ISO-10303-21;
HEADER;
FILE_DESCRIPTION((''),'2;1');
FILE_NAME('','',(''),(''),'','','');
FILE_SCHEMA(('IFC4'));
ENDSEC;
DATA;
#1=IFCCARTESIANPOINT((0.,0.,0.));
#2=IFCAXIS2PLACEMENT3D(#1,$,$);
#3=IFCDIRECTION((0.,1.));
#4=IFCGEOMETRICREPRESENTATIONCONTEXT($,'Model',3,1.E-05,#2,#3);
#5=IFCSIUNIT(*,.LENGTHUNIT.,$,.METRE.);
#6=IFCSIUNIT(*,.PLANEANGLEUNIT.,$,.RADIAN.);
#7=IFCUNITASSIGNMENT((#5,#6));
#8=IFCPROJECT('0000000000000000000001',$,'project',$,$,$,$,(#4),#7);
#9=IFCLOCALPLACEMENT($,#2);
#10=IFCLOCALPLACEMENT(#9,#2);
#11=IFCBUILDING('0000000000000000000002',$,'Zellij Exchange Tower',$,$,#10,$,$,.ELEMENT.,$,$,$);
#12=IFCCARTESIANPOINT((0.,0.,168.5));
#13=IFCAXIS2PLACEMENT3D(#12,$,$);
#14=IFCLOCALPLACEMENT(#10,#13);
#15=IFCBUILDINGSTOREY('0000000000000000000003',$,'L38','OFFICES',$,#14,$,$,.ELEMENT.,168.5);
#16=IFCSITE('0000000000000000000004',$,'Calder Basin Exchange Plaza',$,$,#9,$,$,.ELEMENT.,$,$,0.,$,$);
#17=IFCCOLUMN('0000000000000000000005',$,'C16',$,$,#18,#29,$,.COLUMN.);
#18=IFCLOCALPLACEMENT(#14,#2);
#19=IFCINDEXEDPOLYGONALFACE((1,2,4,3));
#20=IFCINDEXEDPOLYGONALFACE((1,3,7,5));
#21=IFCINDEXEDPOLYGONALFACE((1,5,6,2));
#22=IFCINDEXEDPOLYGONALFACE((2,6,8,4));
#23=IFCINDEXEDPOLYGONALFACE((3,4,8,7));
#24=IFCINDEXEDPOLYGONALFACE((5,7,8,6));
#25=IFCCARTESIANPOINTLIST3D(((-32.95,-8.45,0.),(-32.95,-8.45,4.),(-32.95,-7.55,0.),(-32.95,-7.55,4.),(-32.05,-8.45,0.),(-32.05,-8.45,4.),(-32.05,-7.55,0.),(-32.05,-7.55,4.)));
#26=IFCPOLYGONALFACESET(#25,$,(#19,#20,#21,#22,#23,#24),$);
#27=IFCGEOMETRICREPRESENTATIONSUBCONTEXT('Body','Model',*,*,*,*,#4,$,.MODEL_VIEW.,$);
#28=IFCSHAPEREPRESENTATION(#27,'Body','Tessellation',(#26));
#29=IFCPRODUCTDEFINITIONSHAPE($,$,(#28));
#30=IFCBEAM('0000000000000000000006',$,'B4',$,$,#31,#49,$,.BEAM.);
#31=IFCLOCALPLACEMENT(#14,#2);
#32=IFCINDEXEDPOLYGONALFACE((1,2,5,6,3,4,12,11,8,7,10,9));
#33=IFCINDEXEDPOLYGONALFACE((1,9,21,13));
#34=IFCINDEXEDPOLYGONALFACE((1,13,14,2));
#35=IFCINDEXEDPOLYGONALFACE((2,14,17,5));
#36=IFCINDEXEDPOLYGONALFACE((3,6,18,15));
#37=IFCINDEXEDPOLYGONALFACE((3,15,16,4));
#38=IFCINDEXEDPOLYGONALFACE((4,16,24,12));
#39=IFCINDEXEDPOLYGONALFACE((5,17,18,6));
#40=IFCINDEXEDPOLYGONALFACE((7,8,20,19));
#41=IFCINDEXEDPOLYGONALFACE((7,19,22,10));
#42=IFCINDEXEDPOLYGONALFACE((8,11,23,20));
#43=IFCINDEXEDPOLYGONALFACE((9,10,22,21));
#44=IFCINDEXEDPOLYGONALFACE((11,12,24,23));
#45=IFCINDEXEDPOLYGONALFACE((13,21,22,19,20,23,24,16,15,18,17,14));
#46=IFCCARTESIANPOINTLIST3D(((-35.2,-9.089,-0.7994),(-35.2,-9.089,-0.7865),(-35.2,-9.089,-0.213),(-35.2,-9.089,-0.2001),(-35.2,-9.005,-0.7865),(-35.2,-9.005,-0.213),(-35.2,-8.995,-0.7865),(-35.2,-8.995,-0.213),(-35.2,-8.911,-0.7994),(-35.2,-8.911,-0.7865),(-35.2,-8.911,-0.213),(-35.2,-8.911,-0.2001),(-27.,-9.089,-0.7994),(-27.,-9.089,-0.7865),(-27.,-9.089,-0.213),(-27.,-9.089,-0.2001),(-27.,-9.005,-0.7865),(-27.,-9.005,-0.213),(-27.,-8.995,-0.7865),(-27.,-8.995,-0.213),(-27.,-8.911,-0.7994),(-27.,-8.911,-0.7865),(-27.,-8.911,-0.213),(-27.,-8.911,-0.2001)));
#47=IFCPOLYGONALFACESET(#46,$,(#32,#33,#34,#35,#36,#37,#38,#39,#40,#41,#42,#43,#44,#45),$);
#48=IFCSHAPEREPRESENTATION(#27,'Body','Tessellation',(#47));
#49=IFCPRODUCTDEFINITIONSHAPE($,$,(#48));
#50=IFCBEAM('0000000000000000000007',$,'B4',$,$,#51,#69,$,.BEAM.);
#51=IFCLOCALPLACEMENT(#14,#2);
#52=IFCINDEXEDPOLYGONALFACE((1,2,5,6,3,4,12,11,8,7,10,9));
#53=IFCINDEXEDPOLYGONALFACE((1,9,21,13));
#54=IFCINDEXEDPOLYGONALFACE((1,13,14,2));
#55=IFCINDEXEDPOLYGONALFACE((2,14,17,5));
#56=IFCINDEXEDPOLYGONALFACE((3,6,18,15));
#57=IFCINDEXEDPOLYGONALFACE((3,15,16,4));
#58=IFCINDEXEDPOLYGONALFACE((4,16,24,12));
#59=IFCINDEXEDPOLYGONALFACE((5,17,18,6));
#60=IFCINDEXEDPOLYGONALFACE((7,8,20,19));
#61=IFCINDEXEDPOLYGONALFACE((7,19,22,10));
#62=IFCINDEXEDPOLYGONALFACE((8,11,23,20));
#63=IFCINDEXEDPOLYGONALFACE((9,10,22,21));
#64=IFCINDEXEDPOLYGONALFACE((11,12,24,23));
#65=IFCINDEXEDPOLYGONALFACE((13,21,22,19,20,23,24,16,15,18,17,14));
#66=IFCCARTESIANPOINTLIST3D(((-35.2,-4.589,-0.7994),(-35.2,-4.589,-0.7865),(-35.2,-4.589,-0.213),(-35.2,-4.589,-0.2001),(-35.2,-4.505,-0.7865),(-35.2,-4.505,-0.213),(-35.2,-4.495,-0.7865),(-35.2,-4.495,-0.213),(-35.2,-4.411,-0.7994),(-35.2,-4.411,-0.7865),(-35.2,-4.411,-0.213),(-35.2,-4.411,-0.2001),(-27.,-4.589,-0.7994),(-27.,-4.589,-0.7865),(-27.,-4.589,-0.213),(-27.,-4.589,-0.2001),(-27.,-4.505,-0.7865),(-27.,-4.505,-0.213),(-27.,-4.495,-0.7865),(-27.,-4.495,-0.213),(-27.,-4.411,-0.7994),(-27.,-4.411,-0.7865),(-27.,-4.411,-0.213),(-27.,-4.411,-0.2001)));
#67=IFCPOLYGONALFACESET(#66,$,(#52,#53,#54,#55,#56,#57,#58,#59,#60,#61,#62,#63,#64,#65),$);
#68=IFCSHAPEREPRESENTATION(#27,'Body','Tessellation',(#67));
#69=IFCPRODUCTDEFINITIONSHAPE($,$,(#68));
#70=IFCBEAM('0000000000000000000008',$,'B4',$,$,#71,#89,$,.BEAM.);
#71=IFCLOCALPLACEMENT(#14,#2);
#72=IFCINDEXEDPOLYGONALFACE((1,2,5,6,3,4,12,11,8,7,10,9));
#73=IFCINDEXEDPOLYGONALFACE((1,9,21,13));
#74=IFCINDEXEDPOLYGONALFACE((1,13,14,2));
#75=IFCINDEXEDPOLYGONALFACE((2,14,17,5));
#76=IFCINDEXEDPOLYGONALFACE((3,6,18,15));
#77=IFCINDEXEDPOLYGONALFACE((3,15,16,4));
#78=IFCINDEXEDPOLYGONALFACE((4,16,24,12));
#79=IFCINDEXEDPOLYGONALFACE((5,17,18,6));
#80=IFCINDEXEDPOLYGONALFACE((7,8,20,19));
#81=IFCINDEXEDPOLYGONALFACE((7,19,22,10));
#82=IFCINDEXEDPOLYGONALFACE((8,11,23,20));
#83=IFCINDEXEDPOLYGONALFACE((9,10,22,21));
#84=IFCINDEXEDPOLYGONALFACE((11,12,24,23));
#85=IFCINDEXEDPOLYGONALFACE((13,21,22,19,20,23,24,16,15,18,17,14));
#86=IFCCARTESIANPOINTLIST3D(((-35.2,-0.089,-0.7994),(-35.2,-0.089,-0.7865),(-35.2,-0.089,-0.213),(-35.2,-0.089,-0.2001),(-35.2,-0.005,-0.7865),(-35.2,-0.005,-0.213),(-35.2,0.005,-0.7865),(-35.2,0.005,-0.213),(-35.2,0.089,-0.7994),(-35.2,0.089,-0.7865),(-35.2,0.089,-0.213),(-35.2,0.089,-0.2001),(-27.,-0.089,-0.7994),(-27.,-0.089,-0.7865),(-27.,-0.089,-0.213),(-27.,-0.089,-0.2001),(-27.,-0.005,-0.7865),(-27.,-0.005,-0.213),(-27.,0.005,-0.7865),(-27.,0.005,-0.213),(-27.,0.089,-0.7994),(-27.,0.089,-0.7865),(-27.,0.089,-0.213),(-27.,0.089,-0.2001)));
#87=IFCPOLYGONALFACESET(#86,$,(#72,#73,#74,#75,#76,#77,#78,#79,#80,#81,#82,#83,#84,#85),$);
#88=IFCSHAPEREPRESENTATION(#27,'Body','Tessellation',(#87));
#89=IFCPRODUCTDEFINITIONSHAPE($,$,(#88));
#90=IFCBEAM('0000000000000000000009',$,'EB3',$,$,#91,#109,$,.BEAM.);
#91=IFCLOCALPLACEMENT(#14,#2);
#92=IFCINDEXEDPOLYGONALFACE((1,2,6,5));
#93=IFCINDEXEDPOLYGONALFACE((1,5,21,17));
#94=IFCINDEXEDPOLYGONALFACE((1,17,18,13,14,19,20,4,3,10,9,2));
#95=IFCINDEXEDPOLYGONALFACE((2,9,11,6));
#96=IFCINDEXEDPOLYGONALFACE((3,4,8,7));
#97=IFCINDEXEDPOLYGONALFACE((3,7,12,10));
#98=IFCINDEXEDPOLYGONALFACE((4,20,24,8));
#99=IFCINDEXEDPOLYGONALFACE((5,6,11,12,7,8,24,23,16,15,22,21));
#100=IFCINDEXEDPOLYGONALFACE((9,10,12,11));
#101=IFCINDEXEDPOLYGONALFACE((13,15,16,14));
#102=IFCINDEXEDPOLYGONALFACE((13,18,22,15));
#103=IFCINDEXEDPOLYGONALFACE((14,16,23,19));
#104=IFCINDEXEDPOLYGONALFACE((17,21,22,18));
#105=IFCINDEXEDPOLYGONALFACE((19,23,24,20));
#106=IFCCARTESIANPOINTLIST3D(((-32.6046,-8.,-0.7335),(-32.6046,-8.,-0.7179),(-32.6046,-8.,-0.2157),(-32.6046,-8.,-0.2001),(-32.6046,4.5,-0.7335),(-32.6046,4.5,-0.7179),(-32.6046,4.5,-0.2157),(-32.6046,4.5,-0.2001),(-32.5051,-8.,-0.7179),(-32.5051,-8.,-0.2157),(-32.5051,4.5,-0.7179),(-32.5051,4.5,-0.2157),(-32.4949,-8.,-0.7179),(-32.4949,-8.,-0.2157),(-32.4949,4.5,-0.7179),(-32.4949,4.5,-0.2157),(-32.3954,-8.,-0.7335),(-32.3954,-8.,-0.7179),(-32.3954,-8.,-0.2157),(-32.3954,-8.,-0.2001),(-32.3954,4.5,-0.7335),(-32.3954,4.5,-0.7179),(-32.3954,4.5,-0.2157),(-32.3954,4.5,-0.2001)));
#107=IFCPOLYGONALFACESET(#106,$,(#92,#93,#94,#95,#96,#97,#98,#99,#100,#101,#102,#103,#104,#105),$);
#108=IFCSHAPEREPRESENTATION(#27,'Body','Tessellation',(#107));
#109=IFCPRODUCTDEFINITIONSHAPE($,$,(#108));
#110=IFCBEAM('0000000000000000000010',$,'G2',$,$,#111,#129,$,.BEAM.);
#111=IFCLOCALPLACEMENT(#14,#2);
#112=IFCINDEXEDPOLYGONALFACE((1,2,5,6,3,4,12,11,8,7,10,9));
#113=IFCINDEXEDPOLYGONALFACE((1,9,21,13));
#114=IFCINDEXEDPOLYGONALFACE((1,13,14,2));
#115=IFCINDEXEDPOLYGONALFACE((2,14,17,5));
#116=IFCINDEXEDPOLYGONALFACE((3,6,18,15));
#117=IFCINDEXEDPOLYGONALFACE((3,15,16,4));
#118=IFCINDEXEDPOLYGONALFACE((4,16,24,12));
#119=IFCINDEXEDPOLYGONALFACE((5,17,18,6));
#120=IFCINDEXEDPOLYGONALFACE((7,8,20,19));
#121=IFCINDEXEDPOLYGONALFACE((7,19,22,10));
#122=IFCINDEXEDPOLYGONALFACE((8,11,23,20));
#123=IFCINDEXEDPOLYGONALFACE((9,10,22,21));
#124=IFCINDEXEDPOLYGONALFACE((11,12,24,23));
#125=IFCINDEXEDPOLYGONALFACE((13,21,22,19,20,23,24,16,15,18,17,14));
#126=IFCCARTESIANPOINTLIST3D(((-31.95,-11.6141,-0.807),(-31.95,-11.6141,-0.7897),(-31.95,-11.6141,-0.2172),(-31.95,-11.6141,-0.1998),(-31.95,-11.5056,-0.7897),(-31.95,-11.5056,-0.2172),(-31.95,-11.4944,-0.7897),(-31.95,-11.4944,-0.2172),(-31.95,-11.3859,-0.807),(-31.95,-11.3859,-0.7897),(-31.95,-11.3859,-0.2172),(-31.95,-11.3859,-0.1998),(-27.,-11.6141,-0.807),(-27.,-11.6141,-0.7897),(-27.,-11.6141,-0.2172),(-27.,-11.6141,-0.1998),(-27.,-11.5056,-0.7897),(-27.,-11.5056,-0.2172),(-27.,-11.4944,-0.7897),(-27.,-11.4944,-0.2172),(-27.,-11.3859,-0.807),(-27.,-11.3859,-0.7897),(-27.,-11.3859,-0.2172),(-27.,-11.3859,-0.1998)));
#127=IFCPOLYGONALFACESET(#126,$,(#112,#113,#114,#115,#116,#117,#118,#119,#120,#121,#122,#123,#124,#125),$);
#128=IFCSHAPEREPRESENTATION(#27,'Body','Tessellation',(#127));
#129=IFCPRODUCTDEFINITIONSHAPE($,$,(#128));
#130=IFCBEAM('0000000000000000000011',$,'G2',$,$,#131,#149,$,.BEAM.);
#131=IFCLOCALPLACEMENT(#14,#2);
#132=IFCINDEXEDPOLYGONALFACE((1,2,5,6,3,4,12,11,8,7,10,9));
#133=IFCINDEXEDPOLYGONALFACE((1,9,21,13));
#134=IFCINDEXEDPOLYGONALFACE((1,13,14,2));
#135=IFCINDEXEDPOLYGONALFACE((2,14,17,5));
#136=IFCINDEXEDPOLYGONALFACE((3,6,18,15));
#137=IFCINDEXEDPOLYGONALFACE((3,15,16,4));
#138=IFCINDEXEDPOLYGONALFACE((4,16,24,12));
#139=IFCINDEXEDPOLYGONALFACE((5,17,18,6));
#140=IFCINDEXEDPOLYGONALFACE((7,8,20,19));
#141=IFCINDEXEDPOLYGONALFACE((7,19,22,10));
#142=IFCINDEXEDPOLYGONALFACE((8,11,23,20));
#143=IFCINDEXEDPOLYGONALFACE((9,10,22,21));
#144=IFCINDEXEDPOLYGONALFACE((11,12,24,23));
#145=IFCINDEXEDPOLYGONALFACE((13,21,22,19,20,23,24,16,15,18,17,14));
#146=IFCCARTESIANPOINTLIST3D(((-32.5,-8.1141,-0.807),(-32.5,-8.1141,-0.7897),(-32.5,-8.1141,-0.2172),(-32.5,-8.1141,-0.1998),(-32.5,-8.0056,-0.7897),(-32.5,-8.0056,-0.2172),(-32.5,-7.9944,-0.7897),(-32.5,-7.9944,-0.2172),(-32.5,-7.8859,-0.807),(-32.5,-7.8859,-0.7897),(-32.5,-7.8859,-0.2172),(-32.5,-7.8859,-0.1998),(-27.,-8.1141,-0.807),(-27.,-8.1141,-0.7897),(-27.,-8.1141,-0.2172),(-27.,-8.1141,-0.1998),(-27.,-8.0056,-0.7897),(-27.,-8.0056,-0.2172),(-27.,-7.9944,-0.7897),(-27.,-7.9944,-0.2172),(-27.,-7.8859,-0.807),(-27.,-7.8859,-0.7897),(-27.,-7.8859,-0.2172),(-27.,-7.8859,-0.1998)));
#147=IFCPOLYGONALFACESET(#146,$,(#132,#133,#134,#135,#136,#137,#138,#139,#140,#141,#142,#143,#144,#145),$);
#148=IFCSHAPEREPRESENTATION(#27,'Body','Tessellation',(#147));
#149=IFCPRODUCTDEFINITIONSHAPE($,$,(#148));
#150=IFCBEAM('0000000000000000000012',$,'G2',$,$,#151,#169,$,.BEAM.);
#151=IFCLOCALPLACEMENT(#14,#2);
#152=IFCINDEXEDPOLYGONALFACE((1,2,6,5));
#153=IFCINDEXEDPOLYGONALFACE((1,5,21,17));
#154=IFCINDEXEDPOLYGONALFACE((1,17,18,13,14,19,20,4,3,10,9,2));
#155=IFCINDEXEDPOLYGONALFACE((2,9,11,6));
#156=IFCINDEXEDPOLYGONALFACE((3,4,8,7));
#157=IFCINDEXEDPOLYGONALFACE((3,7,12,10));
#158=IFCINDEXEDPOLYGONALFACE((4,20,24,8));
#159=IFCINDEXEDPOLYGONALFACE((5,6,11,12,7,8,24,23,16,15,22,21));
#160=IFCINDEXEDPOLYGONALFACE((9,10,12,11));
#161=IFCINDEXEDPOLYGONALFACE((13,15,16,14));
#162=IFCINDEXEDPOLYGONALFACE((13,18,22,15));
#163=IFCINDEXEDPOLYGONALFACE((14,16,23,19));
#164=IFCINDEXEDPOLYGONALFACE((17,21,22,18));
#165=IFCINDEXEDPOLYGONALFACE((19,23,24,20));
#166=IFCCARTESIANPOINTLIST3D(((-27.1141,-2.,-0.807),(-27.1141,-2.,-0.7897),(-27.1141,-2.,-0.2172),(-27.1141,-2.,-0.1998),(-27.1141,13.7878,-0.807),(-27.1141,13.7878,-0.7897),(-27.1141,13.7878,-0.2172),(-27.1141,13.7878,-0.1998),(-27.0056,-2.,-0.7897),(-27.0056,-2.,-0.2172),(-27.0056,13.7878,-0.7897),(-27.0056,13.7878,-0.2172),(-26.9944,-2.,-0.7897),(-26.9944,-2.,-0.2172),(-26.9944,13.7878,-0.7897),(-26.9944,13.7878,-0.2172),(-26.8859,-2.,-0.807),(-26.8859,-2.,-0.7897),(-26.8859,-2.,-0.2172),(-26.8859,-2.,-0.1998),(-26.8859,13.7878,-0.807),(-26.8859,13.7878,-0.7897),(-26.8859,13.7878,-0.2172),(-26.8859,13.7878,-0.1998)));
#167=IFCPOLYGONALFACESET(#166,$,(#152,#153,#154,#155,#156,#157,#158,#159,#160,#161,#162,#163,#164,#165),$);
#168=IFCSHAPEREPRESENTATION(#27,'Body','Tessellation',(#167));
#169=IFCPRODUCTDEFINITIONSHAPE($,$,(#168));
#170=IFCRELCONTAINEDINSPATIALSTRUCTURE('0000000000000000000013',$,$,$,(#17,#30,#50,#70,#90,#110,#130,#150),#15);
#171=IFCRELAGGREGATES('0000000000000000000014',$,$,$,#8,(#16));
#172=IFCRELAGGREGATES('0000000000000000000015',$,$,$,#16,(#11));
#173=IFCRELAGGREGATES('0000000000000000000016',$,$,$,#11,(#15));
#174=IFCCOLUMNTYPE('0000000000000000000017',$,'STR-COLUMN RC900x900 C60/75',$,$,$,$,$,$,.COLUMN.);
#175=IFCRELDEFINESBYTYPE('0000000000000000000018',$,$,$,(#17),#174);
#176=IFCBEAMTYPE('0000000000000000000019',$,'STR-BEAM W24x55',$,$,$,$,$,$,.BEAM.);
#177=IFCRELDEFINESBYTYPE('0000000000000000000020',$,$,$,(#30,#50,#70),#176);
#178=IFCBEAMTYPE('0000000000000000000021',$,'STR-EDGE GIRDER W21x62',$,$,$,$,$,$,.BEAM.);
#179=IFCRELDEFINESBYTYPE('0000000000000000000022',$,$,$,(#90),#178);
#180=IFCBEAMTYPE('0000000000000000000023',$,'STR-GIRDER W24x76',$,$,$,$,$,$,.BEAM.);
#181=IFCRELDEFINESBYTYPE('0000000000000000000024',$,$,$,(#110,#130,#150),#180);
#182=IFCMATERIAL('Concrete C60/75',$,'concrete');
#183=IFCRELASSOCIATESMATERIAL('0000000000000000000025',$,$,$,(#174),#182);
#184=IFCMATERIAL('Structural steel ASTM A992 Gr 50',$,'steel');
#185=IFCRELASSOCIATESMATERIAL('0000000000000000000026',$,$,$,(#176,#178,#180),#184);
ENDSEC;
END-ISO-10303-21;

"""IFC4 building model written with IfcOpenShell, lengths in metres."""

from ifc_helpers import new_model, si_unit, direction, frame, origin, origin_2d, place, context, subcontext, project, spatial, rectangle, i_section, extrude, material, material_profile, profile_set, type_object, element, save


model = new_model("IFC4")

# Units and contexts
model_context = context("Model", 3, precision=1e-05, world=origin(), true_north=direction((0.0, 1.0)))
body_context = subcontext(model_context, "Body", "Model", "MODEL_VIEW")
ifc_project = project(units=[si_unit("LENGTHUNIT", "METRE"), si_unit("PLANEANGLEUNIT", "RADIAN")], contexts=[model_context])

# Site, building, storey
site_placement = place(None, origin())
site = spatial("IfcSite", under=ifc_project, at=site_placement, Name="Calder Basin Exchange Plaza", CompositionType="ELEMENT", RefElevation=0.0)
building_placement = place(site_placement, origin())
building = spatial("IfcBuilding", under=site, at=building_placement, Name="Zellij Exchange Tower", CompositionType="ELEMENT")
storey_placement = place(building_placement, frame((0.0, 0.0, 168.5)))
storey = spatial("IfcBuildingStorey", under=building, at=storey_placement, Name="L38", Description="OFFICES", CompositionType="ELEMENT", Elevation=168.5)

# Column
ifc_material_1 = material(Name="Concrete C60/75", Category="concrete")
ifc_material_profile_1 = material_profile(ifc_material_1, rectangle(XDim=0.8999, YDim=0.8999, at=origin_2d()), Name="STR-COLUMN RC900x900 C60/75")
ifc_profile_set_1 = profile_set([ifc_material_profile_1], Name="Concrete C60/75")
column_type = type_object("IfcColumnType", Name="STR-COLUMN RC900x900 C60/75", PredefinedType="COLUMN", material=ifc_profile_set_1)
column_placement = place(storey_placement, frame((-32.5, -8.0, 0.0), z_axis=(0.0, 0.0, 1.0), x_axis=(1.0, 0.0, 0.0)))
element("IfcColumn", 1, at=column_placement, inside=storey, type_object=column_type, Name="C16", PredefinedType="COLUMN", context=body_context, shape_type="SweptSolid", body=[
    extrude(rectangle(XDim=0.8999, YDim=0.8999, at=origin_2d()), origin(), (0.0, 0.0, 1.0), 4.0),
])

# Beams
ifc_material_2 = material(Name="Structural steel ASTM A992 Gr 50", Category="steel")
ifc_material_profile_2 = material_profile(ifc_material_2, i_section(OverallWidth=0.178, OverallDepth=0.5994, WebThickness=0.01, FlangeThickness=0.0129, at=origin_2d()), Name="W24x55")
ifc_profile_set_2 = profile_set([ifc_material_profile_2], Name="Structural steel ASTM A992 Gr 50")
beam_type_1 = type_object("IfcBeamType", Name="STR-BEAM W24x55", PredefinedType="BEAM", material=ifc_profile_set_2)
for number, where, z_axis, x_axis, name in (
    (2, (-35.2, -9.0, -0.4998), (1.0, 0.0, 0.0), (0.0, 1.0, 0.0), "B4"),
    (3, (-35.2, -4.5, -0.4998), (1.0, 0.0, 0.0), (0.0, 1.0, 0.0), "B4"),
    (4, (-35.2, 0.0, -0.4998), (1.0, 0.0, 0.0), (0.0, 1.0, 0.0), "B4"),
):
    element("IfcBeam", number, at=place(storey_placement, frame(where, z_axis=z_axis, x_axis=x_axis)), inside=storey, type_object=beam_type_1, Name=name, PredefinedType="BEAM", context=body_context, shape_type="SweptSolid", body=[
        extrude(i_section(OverallWidth=0.178, OverallDepth=0.5994, WebThickness=0.01, FlangeThickness=0.0129, at=origin_2d()), origin(), (0.0, 0.0, 1.0), 8.2),
    ])
ifc_material_profile_3 = material_profile(ifc_material_2, i_section(OverallWidth=0.2092, OverallDepth=0.5334, WebThickness=0.0103, FlangeThickness=0.0156, at=origin_2d()), Name="W21x62")
ifc_profile_set_3 = profile_set([ifc_material_profile_3], Name="Structural steel ASTM A992 Gr 50")
beam_type_2 = type_object("IfcBeamType", Name="STR-EDGE GIRDER W21x62", PredefinedType="BEAM", material=ifc_profile_set_3)
beam_1_placement = place(storey_placement, frame((-32.5, -8.0, -0.4668), z_axis=(0.0, 1.0, 0.0), x_axis=(-1.0, 0.0, 0.0)))
element("IfcBeam", 5, at=beam_1_placement, inside=storey, type_object=beam_type_2, Name="EB3", PredefinedType="BEAM", context=body_context, shape_type="SweptSolid", body=[
    extrude(i_section(OverallWidth=0.2092, OverallDepth=0.5334, WebThickness=0.0103, FlangeThickness=0.0156, at=origin_2d()), origin(), (0.0, 0.0, 1.0), 12.5),
])
ifc_material_profile_4 = material_profile(ifc_material_2, i_section(OverallWidth=0.2283, OverallDepth=0.6072, WebThickness=0.0112, FlangeThickness=0.0173, at=origin_2d()), Name="W24x76")
ifc_profile_set_4 = profile_set([ifc_material_profile_4], Name="Structural steel ASTM A992 Gr 50")
beam_type_3 = type_object("IfcBeamType", Name="STR-GIRDER W24x76", PredefinedType="BEAM", material=ifc_profile_set_4)
beam_2_placement = place(storey_placement, frame((-31.95, -11.5, -0.5034), z_axis=(1.0, 0.0, 0.0), x_axis=(0.0, 1.0, 0.0)))
element("IfcBeam", 6, at=beam_2_placement, inside=storey, type_object=beam_type_3, Name="G2", PredefinedType="BEAM", context=body_context, shape_type="SweptSolid", body=[
    extrude(i_section(OverallWidth=0.2283, OverallDepth=0.6072, WebThickness=0.0112, FlangeThickness=0.0173, at=origin_2d()), origin(), (0.0, 0.0, 1.0), 4.95),
])
beam_3_placement = place(storey_placement, frame((-32.5, -8.0, -0.5034), z_axis=(1.0, 0.0, 0.0), x_axis=(0.0, 1.0, 0.0)))
element("IfcBeam", 7, at=beam_3_placement, inside=storey, type_object=beam_type_3, Name="G2", PredefinedType="BEAM", context=body_context, shape_type="SweptSolid", body=[
    extrude(i_section(OverallWidth=0.2283, OverallDepth=0.6072, WebThickness=0.0112, FlangeThickness=0.0173, at=origin_2d()), origin(), (0.0, 0.0, 1.0), 5.5),
])
beam_4_placement = place(storey_placement, frame((-27.0, -2.0, -0.5034), z_axis=(0.0, 1.0, 0.0), x_axis=(-1.0, 0.0, 0.0)))
element("IfcBeam", 8, at=beam_4_placement, inside=storey, type_object=beam_type_3, Name="G2", PredefinedType="BEAM", context=body_context, shape_type="SweptSolid", body=[
    extrude(i_section(OverallWidth=0.2283, OverallDepth=0.6072, WebThickness=0.0112, FlangeThickness=0.0173, at=origin_2d()), origin(), (0.0, 0.0, 1.0), 15.7878),
])

save(model, "model.ifc")
